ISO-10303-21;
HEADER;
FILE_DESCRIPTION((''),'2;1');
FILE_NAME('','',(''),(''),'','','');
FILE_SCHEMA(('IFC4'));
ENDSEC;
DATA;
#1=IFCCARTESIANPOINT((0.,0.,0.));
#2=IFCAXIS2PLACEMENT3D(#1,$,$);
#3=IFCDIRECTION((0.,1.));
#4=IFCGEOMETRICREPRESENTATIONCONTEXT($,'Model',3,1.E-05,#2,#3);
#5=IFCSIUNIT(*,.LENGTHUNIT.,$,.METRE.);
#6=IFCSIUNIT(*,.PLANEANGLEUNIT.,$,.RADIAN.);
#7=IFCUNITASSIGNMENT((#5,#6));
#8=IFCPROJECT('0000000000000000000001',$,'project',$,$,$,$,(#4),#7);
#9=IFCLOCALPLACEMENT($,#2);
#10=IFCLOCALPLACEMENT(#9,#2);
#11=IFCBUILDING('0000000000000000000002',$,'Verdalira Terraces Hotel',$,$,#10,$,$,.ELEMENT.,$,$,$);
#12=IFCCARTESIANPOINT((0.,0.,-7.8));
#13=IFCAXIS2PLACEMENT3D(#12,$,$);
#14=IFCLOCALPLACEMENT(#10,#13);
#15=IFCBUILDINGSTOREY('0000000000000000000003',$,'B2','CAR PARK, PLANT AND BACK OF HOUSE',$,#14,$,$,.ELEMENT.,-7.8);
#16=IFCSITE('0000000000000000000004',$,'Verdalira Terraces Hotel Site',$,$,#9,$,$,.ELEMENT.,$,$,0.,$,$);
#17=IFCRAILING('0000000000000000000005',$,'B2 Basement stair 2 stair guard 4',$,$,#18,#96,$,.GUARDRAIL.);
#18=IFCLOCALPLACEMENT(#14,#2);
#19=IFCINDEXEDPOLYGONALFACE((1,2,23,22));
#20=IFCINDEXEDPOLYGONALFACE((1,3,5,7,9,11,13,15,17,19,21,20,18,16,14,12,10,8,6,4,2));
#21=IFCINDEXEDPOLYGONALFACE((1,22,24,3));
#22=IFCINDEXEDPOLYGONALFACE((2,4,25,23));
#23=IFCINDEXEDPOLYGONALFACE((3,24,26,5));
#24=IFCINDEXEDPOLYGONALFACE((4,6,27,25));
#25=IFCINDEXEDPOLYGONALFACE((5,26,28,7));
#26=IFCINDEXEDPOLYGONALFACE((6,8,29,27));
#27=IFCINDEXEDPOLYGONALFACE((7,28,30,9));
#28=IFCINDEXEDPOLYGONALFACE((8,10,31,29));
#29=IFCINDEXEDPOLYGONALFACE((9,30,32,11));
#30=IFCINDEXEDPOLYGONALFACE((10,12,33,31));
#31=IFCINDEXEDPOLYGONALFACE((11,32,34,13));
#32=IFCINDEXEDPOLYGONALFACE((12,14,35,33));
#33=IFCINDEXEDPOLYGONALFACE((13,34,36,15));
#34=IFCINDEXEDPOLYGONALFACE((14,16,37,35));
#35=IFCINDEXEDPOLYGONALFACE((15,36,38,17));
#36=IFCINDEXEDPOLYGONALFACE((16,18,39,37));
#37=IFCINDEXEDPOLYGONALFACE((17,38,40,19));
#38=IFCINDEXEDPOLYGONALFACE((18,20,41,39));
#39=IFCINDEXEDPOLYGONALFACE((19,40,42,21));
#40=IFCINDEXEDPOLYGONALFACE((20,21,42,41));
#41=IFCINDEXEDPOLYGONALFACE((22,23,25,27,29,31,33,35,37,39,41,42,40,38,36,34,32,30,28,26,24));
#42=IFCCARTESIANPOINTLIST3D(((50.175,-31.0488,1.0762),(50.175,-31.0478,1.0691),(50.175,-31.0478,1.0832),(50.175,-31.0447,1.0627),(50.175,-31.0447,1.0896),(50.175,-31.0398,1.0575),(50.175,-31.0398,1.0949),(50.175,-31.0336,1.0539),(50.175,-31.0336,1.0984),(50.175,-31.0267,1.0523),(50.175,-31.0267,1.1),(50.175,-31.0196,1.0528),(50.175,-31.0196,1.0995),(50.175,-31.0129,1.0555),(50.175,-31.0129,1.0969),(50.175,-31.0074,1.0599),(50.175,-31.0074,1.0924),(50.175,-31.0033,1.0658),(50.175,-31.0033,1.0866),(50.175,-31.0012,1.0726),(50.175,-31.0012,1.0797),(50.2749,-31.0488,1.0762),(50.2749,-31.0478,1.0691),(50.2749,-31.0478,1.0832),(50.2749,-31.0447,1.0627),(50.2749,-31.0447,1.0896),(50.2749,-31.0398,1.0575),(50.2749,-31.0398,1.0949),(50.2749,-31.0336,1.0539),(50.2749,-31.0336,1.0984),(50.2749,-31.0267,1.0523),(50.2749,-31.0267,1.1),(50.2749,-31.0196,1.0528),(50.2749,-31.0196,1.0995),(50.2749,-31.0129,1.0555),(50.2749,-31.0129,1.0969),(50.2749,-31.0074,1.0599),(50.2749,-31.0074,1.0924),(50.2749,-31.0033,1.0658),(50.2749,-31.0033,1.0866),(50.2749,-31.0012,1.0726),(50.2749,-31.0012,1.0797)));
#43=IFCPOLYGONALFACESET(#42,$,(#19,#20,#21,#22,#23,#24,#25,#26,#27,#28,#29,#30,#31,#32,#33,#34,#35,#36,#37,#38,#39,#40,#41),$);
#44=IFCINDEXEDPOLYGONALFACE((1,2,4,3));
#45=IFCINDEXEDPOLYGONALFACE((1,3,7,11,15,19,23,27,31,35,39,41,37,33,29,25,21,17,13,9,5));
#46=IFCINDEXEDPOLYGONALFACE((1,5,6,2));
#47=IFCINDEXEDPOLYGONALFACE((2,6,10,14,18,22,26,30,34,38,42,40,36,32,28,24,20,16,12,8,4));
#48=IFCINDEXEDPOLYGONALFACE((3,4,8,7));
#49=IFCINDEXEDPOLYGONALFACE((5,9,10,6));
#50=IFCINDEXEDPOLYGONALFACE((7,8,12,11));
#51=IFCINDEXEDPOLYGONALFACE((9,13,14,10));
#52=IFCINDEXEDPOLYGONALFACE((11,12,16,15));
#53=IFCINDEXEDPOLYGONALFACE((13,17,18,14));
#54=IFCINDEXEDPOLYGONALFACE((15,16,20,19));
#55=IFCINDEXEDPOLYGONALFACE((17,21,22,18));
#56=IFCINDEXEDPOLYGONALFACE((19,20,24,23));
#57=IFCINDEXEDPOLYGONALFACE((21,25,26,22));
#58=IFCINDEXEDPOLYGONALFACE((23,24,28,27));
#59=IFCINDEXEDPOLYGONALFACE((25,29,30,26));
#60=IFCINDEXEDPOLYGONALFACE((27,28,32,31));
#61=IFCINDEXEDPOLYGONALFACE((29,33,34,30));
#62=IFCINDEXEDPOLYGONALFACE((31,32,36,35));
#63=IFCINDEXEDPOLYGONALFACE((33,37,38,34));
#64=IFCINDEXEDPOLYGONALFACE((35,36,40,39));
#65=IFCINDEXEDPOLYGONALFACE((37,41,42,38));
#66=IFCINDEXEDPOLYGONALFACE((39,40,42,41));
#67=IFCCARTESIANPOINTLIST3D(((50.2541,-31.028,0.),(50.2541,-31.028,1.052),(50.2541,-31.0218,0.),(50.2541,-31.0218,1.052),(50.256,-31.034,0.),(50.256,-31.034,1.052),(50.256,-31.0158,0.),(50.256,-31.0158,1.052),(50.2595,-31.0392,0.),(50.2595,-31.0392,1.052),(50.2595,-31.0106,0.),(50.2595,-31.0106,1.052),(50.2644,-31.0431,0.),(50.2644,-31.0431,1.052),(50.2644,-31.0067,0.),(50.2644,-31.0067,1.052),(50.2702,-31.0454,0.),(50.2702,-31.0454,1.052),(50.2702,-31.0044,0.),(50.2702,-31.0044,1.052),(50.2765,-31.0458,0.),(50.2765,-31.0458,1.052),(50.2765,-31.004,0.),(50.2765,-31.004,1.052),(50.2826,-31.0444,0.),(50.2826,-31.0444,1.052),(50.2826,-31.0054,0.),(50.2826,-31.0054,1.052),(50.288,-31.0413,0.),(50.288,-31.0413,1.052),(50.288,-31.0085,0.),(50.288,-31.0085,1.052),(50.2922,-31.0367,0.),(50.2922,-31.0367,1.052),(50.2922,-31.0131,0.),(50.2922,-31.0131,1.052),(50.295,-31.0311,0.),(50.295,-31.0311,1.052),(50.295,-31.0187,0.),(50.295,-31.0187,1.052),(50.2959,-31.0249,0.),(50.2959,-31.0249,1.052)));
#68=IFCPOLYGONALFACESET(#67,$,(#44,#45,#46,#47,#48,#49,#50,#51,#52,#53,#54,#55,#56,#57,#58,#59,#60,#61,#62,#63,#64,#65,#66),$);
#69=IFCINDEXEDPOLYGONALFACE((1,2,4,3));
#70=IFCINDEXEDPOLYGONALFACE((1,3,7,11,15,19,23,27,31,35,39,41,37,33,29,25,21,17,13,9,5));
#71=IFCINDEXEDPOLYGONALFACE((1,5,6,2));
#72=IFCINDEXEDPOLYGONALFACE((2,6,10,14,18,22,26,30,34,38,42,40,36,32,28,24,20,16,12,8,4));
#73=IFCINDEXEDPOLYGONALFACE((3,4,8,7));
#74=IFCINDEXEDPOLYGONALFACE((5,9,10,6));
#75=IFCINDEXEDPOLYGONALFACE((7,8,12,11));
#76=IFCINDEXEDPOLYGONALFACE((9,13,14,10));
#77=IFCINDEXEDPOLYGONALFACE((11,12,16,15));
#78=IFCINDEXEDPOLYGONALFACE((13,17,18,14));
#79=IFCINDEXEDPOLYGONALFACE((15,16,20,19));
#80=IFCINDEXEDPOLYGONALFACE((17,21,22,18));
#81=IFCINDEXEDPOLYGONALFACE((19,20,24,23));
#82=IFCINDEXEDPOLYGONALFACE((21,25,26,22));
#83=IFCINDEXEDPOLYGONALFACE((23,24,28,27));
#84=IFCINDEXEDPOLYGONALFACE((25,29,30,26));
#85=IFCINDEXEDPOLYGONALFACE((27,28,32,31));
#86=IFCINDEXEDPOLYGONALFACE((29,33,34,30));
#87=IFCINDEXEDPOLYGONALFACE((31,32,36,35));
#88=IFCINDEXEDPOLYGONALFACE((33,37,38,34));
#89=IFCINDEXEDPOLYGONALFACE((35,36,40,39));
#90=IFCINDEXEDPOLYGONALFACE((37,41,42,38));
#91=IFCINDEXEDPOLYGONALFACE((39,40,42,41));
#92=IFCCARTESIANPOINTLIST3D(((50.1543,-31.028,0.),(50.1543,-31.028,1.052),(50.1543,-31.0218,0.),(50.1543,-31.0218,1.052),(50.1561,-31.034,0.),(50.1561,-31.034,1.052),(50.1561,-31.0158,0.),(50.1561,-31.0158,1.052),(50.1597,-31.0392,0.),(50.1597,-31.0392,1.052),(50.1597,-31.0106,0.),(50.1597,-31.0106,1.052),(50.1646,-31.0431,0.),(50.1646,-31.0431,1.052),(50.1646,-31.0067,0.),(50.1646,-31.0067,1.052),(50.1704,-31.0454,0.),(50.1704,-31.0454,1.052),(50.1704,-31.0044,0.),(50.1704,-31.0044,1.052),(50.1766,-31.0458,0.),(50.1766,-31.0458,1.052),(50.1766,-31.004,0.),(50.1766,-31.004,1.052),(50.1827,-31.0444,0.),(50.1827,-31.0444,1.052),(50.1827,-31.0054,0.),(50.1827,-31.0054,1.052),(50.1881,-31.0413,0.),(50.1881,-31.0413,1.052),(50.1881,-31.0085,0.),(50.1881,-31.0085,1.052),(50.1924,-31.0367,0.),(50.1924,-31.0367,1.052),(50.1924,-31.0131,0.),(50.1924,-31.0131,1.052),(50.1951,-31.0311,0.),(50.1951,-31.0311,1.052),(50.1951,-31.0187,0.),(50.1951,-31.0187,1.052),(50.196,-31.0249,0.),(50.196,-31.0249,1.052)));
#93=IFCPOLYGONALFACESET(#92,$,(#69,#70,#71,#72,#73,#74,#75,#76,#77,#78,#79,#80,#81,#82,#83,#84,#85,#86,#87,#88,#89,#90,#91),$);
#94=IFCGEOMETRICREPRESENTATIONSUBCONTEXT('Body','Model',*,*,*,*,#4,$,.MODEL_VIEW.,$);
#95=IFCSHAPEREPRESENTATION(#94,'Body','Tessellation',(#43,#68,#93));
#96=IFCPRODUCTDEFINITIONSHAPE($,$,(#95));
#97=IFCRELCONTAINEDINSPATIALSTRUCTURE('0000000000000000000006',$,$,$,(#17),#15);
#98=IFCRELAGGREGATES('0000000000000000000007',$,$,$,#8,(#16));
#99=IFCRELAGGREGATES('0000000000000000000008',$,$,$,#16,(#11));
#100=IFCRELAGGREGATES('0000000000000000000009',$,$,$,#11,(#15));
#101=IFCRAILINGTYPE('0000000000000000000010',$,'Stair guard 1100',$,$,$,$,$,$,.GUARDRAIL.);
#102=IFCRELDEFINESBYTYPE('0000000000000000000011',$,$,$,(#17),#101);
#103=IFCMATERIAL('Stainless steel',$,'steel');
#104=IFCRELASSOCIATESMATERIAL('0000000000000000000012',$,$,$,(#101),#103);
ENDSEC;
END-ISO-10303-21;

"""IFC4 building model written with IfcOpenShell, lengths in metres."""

from ifc_helpers import new_model, si_unit, direction, frame, origin, origin_2d, place, context, subcontext, project, spatial, circle, extrude, material, type_object, element, save


model = new_model("IFC4")

# Units and contexts
model_context = context("Model", 3, precision=1e-05, world=origin(), true_north=direction((0.0, 1.0)))
body_context = subcontext(model_context, "Body", "Model", "MODEL_VIEW")
ifc_project = project(units=[si_unit("LENGTHUNIT", "METRE"), si_unit("PLANEANGLEUNIT", "RADIAN")], contexts=[model_context])

# Site, building, storey
site_placement = place(None, origin())
site = spatial("IfcSite", under=ifc_project, at=site_placement, Name="Verdalira Terraces Hotel Site", CompositionType="ELEMENT", RefElevation=0.0)
building_placement = place(site_placement, origin())
building = spatial("IfcBuilding", under=site, at=building_placement, Name="Verdalira Terraces Hotel", CompositionType="ELEMENT")
storey_placement = place(building_placement, frame((0.0, 0.0, -7.8)))
storey = spatial("IfcBuildingStorey", under=building, at=storey_placement, Name="B2", Description="CAR PARK, PLANT AND BACK OF HOUSE", CompositionType="ELEMENT", Elevation=-7.8)

# Railing
ifc_material_1 = material(Name="Stainless steel", Category="steel")
railing_type_1 = type_object("IfcRailingType", Name="Stair guard 1100", PredefinedType="GUARDRAIL", material=ifc_material_1)
railing_1_placement = place(storey_placement, frame((50.2749, -31.0249, 0.0)))
element("IfcRailing", 1, at=railing_1_placement, inside=storey, type_object=railing_type_1, Name="B2 Basement stair 2 stair guard 4", PredefinedType="GUARDRAIL", context=body_context, shape_type="SweptSolid", body=[
    extrude(circle(Radius=0.0239, at=origin_2d()), frame((0.0, 0.0, 1.0762), z_axis=(-1.0, 0.0, 0.0), x_axis=(0.0, -1.0, 0.0)), (0.0, 0.0, 1.0), 0.0999),
    extrude(circle(Radius=0.021, at=origin_2d()), origin(), (0.0, 0.0, 1.0), 1.052),
    extrude(circle(Radius=0.021, at=origin_2d()), frame((-0.0999, 0.0, 0.0)), (0.0, 0.0, 1.0), 1.052),
])

save(model, "model.ifc")
